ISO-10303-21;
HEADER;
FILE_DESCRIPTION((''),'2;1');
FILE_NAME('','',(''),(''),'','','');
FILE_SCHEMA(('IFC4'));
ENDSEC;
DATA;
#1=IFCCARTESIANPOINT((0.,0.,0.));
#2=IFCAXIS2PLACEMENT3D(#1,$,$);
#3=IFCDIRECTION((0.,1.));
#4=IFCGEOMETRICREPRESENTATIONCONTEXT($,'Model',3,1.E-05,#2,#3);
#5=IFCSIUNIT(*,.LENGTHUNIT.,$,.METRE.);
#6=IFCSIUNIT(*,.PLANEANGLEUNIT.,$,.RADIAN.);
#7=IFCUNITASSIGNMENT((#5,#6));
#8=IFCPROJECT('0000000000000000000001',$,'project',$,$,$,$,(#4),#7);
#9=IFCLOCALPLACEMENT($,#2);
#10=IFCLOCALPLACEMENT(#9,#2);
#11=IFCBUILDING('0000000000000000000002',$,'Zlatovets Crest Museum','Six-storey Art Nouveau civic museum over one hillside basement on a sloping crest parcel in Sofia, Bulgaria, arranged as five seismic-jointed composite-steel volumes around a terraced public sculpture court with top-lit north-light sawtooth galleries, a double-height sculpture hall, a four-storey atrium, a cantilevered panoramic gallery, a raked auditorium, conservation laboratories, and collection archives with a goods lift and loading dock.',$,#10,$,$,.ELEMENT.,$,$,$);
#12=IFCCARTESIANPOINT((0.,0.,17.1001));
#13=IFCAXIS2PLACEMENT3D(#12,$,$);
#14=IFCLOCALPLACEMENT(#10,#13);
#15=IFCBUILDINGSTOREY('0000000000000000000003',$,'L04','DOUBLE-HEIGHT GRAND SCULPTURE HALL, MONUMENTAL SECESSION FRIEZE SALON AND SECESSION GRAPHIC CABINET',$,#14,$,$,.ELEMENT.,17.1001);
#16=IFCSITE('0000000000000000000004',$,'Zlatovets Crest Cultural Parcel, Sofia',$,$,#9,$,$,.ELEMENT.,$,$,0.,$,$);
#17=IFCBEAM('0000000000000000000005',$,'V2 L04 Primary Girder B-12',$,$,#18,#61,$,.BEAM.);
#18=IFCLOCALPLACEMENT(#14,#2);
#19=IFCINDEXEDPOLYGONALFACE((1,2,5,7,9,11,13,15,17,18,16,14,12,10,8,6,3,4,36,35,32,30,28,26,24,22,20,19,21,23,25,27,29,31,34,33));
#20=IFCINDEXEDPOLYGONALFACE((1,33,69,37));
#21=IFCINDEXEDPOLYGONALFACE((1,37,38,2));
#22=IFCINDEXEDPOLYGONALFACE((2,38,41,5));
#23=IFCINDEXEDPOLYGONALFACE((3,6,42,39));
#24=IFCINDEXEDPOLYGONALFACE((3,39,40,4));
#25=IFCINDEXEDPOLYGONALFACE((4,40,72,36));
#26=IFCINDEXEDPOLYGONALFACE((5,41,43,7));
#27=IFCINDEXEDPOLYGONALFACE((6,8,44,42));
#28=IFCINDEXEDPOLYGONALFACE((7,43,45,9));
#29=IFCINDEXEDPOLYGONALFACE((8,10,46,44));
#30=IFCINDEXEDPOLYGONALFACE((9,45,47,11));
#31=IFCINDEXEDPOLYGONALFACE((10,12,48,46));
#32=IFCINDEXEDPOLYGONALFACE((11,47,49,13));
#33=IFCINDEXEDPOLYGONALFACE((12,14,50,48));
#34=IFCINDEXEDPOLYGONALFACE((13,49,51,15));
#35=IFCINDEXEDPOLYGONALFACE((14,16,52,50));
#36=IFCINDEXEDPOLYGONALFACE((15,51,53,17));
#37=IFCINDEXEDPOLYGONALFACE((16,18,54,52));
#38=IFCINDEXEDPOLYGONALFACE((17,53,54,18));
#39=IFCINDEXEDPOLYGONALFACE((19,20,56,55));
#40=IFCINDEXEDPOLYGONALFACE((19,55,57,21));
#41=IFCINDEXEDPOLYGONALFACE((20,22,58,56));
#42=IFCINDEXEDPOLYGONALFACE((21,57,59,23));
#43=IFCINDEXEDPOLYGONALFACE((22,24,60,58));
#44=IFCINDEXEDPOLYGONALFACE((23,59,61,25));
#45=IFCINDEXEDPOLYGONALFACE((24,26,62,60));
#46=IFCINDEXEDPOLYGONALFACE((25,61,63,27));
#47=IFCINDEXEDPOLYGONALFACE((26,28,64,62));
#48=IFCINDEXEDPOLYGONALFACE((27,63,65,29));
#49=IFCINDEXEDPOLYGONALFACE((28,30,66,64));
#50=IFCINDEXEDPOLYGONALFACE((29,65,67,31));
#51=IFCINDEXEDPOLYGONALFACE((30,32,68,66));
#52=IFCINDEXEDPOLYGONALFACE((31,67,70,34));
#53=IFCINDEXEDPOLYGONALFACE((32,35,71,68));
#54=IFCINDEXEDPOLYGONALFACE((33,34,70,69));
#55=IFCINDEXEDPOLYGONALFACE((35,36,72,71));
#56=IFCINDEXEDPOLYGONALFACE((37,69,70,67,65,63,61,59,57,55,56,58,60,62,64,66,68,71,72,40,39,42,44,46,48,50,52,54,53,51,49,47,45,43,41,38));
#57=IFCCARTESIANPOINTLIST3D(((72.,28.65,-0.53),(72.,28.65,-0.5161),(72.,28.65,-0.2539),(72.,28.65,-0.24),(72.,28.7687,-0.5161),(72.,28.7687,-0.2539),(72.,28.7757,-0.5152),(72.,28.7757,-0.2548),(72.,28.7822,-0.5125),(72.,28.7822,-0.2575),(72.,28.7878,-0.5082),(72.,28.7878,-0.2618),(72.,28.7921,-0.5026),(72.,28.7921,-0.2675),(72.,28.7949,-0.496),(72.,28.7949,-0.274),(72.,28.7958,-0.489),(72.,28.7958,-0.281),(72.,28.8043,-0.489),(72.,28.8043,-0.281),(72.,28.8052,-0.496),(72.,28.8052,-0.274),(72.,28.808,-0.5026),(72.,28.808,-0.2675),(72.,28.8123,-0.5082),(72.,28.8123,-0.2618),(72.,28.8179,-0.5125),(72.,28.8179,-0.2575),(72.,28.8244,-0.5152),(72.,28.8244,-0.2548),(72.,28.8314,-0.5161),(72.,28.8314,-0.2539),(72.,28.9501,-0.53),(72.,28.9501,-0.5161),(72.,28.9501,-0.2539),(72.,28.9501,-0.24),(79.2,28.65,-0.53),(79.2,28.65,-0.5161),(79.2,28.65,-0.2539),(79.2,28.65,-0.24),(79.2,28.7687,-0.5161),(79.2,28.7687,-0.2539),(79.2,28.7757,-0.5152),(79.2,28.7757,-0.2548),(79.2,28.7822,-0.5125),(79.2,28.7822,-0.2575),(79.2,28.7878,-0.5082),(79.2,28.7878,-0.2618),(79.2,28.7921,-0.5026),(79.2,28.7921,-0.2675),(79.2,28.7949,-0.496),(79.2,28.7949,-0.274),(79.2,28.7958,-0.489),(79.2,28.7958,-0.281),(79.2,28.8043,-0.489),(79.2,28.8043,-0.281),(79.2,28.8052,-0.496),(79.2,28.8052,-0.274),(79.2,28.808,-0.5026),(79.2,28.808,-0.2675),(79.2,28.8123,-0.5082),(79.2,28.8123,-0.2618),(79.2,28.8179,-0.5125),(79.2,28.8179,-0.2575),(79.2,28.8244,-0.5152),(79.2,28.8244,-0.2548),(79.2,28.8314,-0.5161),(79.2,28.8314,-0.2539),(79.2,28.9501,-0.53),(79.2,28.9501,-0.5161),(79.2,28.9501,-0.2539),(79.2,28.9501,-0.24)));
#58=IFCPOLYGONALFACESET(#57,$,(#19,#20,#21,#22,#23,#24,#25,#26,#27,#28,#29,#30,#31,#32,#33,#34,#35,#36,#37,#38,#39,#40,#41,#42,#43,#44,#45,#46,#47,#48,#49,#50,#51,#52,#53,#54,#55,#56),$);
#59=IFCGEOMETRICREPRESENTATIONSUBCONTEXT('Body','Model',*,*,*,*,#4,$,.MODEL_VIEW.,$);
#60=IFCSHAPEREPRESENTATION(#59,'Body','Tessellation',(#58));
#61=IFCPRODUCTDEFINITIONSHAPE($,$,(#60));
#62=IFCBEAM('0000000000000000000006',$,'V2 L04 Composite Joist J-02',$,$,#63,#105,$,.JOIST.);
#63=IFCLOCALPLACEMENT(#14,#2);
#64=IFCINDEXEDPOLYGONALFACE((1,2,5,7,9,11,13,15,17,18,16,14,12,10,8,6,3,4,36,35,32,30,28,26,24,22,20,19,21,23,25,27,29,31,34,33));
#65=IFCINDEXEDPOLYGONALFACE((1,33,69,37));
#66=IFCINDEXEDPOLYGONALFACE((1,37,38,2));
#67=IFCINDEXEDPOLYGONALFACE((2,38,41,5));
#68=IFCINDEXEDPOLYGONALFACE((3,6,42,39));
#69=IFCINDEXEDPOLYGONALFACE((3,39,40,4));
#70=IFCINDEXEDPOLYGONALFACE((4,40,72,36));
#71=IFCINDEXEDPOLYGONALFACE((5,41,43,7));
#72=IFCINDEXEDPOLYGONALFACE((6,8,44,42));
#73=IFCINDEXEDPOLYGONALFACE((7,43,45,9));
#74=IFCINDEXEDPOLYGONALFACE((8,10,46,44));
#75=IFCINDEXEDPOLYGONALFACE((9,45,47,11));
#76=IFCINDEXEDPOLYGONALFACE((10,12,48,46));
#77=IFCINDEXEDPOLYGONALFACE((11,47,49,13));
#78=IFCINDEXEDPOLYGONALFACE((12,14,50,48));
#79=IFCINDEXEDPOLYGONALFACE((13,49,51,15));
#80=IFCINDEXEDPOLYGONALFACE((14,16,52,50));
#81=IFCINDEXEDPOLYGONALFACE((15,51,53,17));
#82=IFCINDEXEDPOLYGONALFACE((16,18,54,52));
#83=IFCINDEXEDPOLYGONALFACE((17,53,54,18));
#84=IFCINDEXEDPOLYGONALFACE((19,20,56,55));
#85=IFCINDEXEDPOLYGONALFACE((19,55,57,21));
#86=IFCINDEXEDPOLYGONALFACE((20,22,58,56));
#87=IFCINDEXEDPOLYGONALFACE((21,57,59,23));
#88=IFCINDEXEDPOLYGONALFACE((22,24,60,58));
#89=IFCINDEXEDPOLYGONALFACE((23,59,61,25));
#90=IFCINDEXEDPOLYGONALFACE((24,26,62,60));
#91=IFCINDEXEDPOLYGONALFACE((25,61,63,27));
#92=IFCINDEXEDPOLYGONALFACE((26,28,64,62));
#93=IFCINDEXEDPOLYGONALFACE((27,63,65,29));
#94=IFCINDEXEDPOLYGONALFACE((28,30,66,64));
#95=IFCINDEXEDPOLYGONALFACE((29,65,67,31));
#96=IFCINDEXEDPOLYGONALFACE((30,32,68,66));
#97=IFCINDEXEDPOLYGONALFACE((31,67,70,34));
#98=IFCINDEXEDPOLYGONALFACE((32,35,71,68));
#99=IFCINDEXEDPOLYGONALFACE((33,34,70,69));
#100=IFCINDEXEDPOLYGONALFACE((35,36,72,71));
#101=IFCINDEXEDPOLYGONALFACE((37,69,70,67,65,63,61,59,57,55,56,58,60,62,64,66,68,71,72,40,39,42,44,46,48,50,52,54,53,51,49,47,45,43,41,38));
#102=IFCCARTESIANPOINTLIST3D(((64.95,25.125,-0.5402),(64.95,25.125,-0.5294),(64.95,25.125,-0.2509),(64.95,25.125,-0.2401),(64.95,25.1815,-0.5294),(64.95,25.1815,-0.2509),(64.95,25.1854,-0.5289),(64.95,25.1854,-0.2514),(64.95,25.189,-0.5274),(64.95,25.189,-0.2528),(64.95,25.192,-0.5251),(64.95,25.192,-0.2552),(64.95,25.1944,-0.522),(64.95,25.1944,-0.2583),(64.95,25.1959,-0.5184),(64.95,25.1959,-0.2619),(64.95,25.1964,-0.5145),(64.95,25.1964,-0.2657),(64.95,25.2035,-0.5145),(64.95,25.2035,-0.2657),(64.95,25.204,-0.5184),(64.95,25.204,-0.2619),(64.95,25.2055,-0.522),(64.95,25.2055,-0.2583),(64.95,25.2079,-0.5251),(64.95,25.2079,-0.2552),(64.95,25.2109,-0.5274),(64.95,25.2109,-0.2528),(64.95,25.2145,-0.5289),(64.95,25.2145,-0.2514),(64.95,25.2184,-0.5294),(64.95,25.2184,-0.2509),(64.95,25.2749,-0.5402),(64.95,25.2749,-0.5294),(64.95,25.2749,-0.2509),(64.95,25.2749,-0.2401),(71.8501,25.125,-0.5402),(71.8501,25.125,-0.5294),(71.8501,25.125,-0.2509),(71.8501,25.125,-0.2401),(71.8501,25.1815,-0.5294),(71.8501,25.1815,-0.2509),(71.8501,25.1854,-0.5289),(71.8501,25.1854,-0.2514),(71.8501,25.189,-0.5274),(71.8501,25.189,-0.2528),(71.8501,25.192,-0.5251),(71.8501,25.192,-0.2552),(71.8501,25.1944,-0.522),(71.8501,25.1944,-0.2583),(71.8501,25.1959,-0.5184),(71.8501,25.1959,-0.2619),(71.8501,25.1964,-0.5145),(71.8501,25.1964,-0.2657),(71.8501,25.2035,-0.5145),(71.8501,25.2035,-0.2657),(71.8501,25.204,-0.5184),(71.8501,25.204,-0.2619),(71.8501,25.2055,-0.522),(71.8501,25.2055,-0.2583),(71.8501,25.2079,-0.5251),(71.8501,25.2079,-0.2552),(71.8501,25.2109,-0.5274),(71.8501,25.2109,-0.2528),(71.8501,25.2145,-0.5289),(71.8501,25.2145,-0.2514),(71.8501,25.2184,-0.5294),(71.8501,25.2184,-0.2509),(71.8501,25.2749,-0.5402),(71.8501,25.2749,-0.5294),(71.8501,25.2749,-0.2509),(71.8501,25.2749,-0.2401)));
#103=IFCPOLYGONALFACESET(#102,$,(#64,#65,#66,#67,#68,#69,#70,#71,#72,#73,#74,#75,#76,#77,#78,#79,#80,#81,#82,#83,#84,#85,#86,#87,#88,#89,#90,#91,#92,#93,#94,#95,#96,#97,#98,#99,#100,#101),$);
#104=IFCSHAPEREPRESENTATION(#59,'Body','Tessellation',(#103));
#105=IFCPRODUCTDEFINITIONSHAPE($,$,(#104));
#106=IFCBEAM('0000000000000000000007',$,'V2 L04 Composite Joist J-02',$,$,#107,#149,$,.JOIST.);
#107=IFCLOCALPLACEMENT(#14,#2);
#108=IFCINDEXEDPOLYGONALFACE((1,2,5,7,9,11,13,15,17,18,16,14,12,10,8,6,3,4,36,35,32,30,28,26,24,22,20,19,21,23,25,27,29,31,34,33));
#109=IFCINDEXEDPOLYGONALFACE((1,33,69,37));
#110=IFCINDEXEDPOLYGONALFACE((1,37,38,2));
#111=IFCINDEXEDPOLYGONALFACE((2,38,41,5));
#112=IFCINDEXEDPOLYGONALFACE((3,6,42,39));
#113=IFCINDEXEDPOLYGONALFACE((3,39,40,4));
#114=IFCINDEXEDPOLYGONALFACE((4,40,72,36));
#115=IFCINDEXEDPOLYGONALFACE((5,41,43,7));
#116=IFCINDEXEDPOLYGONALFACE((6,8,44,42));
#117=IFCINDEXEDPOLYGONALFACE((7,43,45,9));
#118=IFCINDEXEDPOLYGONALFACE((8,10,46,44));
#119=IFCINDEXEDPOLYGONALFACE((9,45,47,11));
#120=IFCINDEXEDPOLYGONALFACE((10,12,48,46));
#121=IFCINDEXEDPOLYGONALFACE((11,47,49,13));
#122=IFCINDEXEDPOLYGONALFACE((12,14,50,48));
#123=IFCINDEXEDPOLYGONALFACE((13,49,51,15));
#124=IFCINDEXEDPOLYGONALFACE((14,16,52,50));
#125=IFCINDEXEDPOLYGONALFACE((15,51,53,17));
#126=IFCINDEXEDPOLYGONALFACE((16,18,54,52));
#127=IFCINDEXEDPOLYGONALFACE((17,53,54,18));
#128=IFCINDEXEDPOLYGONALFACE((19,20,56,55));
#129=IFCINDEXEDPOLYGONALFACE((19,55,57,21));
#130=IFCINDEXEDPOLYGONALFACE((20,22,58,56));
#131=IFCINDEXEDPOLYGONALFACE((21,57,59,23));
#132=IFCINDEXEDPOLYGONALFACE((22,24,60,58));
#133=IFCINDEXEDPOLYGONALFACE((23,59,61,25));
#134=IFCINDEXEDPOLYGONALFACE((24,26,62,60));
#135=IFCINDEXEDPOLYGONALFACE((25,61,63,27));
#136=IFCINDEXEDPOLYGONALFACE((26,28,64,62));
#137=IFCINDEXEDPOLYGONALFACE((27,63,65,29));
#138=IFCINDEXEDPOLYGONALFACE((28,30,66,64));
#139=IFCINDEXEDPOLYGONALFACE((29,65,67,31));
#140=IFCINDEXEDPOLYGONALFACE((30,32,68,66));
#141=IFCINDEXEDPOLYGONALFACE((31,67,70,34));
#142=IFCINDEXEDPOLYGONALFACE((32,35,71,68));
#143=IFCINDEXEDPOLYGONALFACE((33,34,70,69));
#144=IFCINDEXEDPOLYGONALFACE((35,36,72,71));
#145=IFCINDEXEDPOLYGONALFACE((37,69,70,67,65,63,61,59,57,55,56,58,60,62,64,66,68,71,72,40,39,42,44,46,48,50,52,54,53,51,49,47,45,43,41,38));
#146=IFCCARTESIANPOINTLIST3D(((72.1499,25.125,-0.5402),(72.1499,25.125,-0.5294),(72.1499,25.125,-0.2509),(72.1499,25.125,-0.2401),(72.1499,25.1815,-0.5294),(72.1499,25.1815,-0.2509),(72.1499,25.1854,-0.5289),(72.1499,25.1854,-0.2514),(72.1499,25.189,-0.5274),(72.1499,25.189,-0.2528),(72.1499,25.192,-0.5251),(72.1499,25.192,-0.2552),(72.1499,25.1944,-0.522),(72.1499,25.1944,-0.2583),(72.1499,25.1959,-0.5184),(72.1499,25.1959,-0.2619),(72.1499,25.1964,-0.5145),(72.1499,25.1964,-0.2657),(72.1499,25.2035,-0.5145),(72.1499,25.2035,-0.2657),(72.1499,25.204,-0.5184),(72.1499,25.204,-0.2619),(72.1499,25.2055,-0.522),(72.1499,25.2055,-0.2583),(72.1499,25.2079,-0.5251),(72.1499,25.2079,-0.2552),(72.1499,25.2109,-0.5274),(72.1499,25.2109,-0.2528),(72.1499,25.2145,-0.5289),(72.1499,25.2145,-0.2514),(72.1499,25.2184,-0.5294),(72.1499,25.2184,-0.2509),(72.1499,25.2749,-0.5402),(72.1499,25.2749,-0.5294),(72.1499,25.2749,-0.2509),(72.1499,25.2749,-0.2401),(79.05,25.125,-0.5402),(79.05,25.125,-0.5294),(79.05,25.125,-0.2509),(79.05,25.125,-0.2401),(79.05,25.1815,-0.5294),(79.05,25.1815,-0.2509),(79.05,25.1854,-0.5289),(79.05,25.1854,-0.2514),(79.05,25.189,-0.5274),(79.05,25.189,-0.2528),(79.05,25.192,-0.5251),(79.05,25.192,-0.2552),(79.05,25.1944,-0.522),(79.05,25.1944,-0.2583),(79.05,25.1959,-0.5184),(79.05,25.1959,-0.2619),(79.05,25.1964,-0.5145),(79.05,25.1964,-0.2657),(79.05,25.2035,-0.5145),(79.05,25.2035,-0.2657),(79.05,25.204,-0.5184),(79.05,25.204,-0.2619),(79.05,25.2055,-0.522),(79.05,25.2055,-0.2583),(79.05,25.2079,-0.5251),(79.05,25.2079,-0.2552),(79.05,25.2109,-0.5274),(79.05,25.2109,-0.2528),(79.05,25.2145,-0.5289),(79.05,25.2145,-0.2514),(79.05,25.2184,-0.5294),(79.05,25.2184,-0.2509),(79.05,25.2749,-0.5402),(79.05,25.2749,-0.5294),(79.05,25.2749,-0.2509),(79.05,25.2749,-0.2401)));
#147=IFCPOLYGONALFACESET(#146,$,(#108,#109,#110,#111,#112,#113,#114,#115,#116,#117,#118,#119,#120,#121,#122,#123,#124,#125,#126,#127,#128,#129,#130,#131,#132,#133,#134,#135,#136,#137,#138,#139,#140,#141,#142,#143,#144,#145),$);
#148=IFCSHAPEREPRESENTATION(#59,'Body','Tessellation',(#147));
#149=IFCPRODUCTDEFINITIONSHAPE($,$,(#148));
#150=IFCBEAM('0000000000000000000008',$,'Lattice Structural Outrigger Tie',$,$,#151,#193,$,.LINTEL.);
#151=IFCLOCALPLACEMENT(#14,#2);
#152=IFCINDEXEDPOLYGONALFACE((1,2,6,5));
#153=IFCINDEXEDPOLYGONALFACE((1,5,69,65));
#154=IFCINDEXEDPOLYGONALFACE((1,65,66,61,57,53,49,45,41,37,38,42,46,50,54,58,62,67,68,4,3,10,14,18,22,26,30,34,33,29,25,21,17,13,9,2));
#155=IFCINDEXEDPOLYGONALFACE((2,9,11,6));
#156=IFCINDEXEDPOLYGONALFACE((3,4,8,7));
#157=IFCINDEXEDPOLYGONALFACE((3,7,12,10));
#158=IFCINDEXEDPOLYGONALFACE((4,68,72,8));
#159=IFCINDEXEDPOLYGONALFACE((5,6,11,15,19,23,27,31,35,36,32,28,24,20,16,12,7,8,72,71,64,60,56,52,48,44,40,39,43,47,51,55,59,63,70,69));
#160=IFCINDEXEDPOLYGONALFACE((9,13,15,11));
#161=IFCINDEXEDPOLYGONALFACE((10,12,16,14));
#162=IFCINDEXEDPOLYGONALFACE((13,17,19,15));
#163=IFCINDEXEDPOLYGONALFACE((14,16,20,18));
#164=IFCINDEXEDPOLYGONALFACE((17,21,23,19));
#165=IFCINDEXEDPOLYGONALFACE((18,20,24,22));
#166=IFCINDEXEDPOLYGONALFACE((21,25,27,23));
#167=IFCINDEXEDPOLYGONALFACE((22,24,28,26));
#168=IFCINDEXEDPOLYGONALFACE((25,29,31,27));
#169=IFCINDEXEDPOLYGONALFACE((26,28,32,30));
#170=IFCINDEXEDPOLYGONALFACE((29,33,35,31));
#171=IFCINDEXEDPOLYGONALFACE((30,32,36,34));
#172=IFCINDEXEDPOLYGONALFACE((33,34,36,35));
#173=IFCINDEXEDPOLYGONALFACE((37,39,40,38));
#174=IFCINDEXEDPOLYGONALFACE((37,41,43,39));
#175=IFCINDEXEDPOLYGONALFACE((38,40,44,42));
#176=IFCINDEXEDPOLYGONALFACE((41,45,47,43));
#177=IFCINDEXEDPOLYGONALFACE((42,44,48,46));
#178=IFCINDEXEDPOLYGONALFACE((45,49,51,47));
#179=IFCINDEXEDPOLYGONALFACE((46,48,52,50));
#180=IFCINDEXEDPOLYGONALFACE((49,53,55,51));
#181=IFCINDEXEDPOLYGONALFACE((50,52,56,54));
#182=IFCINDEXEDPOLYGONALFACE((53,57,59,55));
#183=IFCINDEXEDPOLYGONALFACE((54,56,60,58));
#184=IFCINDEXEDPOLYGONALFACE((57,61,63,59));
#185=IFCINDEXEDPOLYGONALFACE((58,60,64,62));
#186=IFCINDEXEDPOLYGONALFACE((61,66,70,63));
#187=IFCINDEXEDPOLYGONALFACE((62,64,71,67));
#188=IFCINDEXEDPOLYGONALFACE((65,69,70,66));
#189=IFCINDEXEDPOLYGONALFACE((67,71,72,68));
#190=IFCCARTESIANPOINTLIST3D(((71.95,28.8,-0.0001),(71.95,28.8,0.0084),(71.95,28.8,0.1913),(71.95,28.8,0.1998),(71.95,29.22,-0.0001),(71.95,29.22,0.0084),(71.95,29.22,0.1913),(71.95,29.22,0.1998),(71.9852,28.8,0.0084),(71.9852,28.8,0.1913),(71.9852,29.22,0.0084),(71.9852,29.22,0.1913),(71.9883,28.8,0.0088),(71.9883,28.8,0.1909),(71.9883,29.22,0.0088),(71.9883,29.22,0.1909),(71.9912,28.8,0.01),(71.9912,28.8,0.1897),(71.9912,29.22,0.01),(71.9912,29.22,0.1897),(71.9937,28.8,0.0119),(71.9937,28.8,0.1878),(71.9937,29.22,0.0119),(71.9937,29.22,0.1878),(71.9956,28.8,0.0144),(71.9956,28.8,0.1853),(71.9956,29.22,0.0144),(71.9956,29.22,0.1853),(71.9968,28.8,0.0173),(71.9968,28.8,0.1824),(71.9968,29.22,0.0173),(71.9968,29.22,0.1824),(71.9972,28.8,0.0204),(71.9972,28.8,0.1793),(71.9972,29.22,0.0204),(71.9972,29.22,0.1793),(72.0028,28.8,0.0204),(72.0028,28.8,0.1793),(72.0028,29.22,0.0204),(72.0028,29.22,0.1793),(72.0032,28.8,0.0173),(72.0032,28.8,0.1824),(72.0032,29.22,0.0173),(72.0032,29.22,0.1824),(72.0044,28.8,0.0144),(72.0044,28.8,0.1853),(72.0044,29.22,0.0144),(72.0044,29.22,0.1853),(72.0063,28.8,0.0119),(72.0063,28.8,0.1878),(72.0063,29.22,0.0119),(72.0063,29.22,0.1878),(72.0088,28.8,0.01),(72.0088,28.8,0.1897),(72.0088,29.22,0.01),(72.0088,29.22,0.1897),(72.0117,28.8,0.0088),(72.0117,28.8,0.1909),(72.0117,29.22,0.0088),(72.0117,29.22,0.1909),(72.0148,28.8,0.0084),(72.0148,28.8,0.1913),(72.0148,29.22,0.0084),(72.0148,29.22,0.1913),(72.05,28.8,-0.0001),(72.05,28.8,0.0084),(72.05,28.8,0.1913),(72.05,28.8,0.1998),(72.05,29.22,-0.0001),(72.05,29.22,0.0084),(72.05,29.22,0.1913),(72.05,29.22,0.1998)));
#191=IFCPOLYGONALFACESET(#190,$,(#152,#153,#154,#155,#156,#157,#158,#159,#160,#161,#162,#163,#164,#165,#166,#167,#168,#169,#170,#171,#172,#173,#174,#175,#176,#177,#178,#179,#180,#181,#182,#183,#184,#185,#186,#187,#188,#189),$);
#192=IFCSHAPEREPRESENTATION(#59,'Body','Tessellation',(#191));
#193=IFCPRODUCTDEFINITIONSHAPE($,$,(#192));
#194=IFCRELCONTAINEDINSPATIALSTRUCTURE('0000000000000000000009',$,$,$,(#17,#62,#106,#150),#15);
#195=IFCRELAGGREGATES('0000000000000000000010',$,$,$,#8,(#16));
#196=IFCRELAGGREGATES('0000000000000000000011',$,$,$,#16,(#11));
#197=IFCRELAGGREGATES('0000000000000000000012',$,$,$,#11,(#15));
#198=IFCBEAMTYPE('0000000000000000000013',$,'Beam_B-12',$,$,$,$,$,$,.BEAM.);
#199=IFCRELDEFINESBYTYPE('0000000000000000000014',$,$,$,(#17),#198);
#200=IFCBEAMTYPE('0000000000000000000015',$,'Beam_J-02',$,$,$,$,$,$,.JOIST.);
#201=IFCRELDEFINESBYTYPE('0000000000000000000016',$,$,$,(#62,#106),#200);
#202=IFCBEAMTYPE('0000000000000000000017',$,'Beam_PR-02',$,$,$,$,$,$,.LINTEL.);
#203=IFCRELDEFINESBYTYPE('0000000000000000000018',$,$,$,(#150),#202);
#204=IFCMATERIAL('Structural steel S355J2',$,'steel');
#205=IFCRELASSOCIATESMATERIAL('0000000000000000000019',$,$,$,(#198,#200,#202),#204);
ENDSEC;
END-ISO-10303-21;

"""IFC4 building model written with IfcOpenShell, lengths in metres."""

from ifc_helpers import new_model, si_unit, direction, frame, origin, origin_2d, place, context, subcontext, project, spatial, i_section, extrude, material, material_profile, profile_set, type_object, element, save


model = new_model("IFC4")

# Units and contexts
model_context = context("Model", 3, precision=1e-05, world=origin(), true_north=direction((0.0, 1.0)))
body_context = subcontext(model_context, "Body", "Model", "MODEL_VIEW")
ifc_project = project(units=[si_unit("LENGTHUNIT", "METRE"), si_unit("PLANEANGLEUNIT", "RADIAN")], contexts=[model_context])

# Site, building, storey
site_placement = place(None, origin())
site = spatial("IfcSite", under=ifc_project, at=site_placement, Name="Zlatovets Crest Cultural Parcel, Sofia", CompositionType="ELEMENT", RefElevation=0.0)
building_placement = place(site_placement, origin())
building = spatial("IfcBuilding", under=site, at=building_placement, Name="Zlatovets Crest Museum", Description="Six-storey Art Nouveau civic museum over one hillside basement on a sloping crest parcel in Sofia, Bulgaria, arranged as five seismic-jointed composite-steel volumes around a terraced public sculpture court with top-lit north-light sawtooth galleries, a double-height sculpture hall, a four-storey atrium, a cantilevered panoramic gallery, a raked auditorium, conservation laboratories, and collection archives with a goods lift and loading dock.", CompositionType="ELEMENT")
storey_placement = place(building_placement, frame((0.0, 0.0, 17.1001)))
storey = spatial("IfcBuildingStorey", under=building, at=storey_placement, Name="L04", Description="DOUBLE-HEIGHT GRAND SCULPTURE HALL, MONUMENTAL SECESSION FRIEZE SALON AND SECESSION GRAPHIC CABINET", CompositionType="ELEMENT", Elevation=17.1001)

# Shared definitions
ifc_material_1 = material(Name="Structural steel S355J2", Category="steel")

# Beams
ifc_material_profile_1 = material_profile(ifc_material_1, i_section(OverallWidth=0.3, OverallDepth=0.29, WebThickness=0.0085, FlangeThickness=0.0139, FilletRadius=0.0271, at=origin_2d()), Name="HEA 300")
ifc_profile_set_1 = profile_set([ifc_material_profile_1], Name="Structural steel S355J2")
beam_type_1 = type_object("IfcBeamType", Name="Beam_B-12", PredefinedType="BEAM", material=ifc_profile_set_1)
for number, where, z_axis, x_axis, name in (
    (1, (72.0, 28.8, -0.385), (1.0, 0.0, 0.0), (0.0, 1.0, 0.0), "V2 L04 Primary Girder B-12"),
):
    element("IfcBeam", number, at=place(storey_placement, frame(where, z_axis=z_axis, x_axis=x_axis)), inside=storey, type_object=beam_type_1, Name=name, PredefinedType="BEAM", context=body_context, shape_type="SweptSolid", body=[
        extrude(i_section(OverallWidth=0.3, OverallDepth=0.29, WebThickness=0.0085, FlangeThickness=0.0139, FilletRadius=0.0271, at=origin_2d()), origin(), (0.0, 0.0, 1.0), 7.2),
    ])
ifc_material_profile_2 = material_profile(ifc_material_1, i_section(OverallWidth=0.1499, OverallDepth=0.3, WebThickness=0.0071, FlangeThickness=0.0107, FilletRadius=0.0149, at=origin_2d()), Name="IPE 300")
ifc_profile_set_2 = profile_set([ifc_material_profile_2], Name="Structural steel S355J2")
beam_type_2 = type_object("IfcBeamType", Name="Beam_J-02", PredefinedType="JOIST", material=ifc_profile_set_2)
for number, where, z_axis, x_axis, name in (
    (2, (64.95, 25.2, -0.3901), (1.0, 0.0, 0.0), (0.0, 1.0, 0.0), "V2 L04 Composite Joist J-02"),
    (3, (72.1499, 25.2, -0.3901), (1.0, 0.0, 0.0), (0.0, 1.0, 0.0), "V2 L04 Composite Joist J-02"),
):
    element("IfcBeam", number, at=place(storey_placement, frame(where, z_axis=z_axis, x_axis=x_axis)), inside=storey, type_object=beam_type_2, Name=name, PredefinedType="JOIST", context=body_context, shape_type="SweptSolid", body=[
        extrude(i_section(OverallWidth=0.1499, OverallDepth=0.3, WebThickness=0.0071, FlangeThickness=0.0107, FilletRadius=0.0149, at=origin_2d()), origin(), (0.0, 0.0, 1.0), 6.9001),
    ])
ifc_material_profile_3 = material_profile(ifc_material_1, i_section(OverallWidth=0.1001, OverallDepth=0.2, WebThickness=0.0056, FlangeThickness=0.0085, FilletRadius=0.012, at=origin_2d()), Name="IPE 200")
ifc_profile_set_3 = profile_set([ifc_material_profile_3], Name="Structural steel S355J2")
beam_type_3 = type_object("IfcBeamType", Name="Beam_PR-02", PredefinedType="LINTEL", material=ifc_profile_set_3)
for number, where, z_axis, x_axis, name in (
    (4, (72.0, 28.8, 0.0999), (0.0, 1.0, 0.0), (-1.0, 0.0, 0.0), "Lattice Structural Outrigger Tie"),
):
    element("IfcBeam", number, at=place(storey_placement, frame(where, z_axis=z_axis, x_axis=x_axis)), inside=storey, type_object=beam_type_3, Name=name, PredefinedType="LINTEL", context=body_context, shape_type="SweptSolid", body=[
        extrude(i_section(OverallWidth=0.1001, OverallDepth=0.2, WebThickness=0.0056, FlangeThickness=0.0085, FilletRadius=0.012, at=origin_2d()), origin(), (0.0, 0.0, 1.0), 0.4199),
    ])

save(model, "model.ifc")
